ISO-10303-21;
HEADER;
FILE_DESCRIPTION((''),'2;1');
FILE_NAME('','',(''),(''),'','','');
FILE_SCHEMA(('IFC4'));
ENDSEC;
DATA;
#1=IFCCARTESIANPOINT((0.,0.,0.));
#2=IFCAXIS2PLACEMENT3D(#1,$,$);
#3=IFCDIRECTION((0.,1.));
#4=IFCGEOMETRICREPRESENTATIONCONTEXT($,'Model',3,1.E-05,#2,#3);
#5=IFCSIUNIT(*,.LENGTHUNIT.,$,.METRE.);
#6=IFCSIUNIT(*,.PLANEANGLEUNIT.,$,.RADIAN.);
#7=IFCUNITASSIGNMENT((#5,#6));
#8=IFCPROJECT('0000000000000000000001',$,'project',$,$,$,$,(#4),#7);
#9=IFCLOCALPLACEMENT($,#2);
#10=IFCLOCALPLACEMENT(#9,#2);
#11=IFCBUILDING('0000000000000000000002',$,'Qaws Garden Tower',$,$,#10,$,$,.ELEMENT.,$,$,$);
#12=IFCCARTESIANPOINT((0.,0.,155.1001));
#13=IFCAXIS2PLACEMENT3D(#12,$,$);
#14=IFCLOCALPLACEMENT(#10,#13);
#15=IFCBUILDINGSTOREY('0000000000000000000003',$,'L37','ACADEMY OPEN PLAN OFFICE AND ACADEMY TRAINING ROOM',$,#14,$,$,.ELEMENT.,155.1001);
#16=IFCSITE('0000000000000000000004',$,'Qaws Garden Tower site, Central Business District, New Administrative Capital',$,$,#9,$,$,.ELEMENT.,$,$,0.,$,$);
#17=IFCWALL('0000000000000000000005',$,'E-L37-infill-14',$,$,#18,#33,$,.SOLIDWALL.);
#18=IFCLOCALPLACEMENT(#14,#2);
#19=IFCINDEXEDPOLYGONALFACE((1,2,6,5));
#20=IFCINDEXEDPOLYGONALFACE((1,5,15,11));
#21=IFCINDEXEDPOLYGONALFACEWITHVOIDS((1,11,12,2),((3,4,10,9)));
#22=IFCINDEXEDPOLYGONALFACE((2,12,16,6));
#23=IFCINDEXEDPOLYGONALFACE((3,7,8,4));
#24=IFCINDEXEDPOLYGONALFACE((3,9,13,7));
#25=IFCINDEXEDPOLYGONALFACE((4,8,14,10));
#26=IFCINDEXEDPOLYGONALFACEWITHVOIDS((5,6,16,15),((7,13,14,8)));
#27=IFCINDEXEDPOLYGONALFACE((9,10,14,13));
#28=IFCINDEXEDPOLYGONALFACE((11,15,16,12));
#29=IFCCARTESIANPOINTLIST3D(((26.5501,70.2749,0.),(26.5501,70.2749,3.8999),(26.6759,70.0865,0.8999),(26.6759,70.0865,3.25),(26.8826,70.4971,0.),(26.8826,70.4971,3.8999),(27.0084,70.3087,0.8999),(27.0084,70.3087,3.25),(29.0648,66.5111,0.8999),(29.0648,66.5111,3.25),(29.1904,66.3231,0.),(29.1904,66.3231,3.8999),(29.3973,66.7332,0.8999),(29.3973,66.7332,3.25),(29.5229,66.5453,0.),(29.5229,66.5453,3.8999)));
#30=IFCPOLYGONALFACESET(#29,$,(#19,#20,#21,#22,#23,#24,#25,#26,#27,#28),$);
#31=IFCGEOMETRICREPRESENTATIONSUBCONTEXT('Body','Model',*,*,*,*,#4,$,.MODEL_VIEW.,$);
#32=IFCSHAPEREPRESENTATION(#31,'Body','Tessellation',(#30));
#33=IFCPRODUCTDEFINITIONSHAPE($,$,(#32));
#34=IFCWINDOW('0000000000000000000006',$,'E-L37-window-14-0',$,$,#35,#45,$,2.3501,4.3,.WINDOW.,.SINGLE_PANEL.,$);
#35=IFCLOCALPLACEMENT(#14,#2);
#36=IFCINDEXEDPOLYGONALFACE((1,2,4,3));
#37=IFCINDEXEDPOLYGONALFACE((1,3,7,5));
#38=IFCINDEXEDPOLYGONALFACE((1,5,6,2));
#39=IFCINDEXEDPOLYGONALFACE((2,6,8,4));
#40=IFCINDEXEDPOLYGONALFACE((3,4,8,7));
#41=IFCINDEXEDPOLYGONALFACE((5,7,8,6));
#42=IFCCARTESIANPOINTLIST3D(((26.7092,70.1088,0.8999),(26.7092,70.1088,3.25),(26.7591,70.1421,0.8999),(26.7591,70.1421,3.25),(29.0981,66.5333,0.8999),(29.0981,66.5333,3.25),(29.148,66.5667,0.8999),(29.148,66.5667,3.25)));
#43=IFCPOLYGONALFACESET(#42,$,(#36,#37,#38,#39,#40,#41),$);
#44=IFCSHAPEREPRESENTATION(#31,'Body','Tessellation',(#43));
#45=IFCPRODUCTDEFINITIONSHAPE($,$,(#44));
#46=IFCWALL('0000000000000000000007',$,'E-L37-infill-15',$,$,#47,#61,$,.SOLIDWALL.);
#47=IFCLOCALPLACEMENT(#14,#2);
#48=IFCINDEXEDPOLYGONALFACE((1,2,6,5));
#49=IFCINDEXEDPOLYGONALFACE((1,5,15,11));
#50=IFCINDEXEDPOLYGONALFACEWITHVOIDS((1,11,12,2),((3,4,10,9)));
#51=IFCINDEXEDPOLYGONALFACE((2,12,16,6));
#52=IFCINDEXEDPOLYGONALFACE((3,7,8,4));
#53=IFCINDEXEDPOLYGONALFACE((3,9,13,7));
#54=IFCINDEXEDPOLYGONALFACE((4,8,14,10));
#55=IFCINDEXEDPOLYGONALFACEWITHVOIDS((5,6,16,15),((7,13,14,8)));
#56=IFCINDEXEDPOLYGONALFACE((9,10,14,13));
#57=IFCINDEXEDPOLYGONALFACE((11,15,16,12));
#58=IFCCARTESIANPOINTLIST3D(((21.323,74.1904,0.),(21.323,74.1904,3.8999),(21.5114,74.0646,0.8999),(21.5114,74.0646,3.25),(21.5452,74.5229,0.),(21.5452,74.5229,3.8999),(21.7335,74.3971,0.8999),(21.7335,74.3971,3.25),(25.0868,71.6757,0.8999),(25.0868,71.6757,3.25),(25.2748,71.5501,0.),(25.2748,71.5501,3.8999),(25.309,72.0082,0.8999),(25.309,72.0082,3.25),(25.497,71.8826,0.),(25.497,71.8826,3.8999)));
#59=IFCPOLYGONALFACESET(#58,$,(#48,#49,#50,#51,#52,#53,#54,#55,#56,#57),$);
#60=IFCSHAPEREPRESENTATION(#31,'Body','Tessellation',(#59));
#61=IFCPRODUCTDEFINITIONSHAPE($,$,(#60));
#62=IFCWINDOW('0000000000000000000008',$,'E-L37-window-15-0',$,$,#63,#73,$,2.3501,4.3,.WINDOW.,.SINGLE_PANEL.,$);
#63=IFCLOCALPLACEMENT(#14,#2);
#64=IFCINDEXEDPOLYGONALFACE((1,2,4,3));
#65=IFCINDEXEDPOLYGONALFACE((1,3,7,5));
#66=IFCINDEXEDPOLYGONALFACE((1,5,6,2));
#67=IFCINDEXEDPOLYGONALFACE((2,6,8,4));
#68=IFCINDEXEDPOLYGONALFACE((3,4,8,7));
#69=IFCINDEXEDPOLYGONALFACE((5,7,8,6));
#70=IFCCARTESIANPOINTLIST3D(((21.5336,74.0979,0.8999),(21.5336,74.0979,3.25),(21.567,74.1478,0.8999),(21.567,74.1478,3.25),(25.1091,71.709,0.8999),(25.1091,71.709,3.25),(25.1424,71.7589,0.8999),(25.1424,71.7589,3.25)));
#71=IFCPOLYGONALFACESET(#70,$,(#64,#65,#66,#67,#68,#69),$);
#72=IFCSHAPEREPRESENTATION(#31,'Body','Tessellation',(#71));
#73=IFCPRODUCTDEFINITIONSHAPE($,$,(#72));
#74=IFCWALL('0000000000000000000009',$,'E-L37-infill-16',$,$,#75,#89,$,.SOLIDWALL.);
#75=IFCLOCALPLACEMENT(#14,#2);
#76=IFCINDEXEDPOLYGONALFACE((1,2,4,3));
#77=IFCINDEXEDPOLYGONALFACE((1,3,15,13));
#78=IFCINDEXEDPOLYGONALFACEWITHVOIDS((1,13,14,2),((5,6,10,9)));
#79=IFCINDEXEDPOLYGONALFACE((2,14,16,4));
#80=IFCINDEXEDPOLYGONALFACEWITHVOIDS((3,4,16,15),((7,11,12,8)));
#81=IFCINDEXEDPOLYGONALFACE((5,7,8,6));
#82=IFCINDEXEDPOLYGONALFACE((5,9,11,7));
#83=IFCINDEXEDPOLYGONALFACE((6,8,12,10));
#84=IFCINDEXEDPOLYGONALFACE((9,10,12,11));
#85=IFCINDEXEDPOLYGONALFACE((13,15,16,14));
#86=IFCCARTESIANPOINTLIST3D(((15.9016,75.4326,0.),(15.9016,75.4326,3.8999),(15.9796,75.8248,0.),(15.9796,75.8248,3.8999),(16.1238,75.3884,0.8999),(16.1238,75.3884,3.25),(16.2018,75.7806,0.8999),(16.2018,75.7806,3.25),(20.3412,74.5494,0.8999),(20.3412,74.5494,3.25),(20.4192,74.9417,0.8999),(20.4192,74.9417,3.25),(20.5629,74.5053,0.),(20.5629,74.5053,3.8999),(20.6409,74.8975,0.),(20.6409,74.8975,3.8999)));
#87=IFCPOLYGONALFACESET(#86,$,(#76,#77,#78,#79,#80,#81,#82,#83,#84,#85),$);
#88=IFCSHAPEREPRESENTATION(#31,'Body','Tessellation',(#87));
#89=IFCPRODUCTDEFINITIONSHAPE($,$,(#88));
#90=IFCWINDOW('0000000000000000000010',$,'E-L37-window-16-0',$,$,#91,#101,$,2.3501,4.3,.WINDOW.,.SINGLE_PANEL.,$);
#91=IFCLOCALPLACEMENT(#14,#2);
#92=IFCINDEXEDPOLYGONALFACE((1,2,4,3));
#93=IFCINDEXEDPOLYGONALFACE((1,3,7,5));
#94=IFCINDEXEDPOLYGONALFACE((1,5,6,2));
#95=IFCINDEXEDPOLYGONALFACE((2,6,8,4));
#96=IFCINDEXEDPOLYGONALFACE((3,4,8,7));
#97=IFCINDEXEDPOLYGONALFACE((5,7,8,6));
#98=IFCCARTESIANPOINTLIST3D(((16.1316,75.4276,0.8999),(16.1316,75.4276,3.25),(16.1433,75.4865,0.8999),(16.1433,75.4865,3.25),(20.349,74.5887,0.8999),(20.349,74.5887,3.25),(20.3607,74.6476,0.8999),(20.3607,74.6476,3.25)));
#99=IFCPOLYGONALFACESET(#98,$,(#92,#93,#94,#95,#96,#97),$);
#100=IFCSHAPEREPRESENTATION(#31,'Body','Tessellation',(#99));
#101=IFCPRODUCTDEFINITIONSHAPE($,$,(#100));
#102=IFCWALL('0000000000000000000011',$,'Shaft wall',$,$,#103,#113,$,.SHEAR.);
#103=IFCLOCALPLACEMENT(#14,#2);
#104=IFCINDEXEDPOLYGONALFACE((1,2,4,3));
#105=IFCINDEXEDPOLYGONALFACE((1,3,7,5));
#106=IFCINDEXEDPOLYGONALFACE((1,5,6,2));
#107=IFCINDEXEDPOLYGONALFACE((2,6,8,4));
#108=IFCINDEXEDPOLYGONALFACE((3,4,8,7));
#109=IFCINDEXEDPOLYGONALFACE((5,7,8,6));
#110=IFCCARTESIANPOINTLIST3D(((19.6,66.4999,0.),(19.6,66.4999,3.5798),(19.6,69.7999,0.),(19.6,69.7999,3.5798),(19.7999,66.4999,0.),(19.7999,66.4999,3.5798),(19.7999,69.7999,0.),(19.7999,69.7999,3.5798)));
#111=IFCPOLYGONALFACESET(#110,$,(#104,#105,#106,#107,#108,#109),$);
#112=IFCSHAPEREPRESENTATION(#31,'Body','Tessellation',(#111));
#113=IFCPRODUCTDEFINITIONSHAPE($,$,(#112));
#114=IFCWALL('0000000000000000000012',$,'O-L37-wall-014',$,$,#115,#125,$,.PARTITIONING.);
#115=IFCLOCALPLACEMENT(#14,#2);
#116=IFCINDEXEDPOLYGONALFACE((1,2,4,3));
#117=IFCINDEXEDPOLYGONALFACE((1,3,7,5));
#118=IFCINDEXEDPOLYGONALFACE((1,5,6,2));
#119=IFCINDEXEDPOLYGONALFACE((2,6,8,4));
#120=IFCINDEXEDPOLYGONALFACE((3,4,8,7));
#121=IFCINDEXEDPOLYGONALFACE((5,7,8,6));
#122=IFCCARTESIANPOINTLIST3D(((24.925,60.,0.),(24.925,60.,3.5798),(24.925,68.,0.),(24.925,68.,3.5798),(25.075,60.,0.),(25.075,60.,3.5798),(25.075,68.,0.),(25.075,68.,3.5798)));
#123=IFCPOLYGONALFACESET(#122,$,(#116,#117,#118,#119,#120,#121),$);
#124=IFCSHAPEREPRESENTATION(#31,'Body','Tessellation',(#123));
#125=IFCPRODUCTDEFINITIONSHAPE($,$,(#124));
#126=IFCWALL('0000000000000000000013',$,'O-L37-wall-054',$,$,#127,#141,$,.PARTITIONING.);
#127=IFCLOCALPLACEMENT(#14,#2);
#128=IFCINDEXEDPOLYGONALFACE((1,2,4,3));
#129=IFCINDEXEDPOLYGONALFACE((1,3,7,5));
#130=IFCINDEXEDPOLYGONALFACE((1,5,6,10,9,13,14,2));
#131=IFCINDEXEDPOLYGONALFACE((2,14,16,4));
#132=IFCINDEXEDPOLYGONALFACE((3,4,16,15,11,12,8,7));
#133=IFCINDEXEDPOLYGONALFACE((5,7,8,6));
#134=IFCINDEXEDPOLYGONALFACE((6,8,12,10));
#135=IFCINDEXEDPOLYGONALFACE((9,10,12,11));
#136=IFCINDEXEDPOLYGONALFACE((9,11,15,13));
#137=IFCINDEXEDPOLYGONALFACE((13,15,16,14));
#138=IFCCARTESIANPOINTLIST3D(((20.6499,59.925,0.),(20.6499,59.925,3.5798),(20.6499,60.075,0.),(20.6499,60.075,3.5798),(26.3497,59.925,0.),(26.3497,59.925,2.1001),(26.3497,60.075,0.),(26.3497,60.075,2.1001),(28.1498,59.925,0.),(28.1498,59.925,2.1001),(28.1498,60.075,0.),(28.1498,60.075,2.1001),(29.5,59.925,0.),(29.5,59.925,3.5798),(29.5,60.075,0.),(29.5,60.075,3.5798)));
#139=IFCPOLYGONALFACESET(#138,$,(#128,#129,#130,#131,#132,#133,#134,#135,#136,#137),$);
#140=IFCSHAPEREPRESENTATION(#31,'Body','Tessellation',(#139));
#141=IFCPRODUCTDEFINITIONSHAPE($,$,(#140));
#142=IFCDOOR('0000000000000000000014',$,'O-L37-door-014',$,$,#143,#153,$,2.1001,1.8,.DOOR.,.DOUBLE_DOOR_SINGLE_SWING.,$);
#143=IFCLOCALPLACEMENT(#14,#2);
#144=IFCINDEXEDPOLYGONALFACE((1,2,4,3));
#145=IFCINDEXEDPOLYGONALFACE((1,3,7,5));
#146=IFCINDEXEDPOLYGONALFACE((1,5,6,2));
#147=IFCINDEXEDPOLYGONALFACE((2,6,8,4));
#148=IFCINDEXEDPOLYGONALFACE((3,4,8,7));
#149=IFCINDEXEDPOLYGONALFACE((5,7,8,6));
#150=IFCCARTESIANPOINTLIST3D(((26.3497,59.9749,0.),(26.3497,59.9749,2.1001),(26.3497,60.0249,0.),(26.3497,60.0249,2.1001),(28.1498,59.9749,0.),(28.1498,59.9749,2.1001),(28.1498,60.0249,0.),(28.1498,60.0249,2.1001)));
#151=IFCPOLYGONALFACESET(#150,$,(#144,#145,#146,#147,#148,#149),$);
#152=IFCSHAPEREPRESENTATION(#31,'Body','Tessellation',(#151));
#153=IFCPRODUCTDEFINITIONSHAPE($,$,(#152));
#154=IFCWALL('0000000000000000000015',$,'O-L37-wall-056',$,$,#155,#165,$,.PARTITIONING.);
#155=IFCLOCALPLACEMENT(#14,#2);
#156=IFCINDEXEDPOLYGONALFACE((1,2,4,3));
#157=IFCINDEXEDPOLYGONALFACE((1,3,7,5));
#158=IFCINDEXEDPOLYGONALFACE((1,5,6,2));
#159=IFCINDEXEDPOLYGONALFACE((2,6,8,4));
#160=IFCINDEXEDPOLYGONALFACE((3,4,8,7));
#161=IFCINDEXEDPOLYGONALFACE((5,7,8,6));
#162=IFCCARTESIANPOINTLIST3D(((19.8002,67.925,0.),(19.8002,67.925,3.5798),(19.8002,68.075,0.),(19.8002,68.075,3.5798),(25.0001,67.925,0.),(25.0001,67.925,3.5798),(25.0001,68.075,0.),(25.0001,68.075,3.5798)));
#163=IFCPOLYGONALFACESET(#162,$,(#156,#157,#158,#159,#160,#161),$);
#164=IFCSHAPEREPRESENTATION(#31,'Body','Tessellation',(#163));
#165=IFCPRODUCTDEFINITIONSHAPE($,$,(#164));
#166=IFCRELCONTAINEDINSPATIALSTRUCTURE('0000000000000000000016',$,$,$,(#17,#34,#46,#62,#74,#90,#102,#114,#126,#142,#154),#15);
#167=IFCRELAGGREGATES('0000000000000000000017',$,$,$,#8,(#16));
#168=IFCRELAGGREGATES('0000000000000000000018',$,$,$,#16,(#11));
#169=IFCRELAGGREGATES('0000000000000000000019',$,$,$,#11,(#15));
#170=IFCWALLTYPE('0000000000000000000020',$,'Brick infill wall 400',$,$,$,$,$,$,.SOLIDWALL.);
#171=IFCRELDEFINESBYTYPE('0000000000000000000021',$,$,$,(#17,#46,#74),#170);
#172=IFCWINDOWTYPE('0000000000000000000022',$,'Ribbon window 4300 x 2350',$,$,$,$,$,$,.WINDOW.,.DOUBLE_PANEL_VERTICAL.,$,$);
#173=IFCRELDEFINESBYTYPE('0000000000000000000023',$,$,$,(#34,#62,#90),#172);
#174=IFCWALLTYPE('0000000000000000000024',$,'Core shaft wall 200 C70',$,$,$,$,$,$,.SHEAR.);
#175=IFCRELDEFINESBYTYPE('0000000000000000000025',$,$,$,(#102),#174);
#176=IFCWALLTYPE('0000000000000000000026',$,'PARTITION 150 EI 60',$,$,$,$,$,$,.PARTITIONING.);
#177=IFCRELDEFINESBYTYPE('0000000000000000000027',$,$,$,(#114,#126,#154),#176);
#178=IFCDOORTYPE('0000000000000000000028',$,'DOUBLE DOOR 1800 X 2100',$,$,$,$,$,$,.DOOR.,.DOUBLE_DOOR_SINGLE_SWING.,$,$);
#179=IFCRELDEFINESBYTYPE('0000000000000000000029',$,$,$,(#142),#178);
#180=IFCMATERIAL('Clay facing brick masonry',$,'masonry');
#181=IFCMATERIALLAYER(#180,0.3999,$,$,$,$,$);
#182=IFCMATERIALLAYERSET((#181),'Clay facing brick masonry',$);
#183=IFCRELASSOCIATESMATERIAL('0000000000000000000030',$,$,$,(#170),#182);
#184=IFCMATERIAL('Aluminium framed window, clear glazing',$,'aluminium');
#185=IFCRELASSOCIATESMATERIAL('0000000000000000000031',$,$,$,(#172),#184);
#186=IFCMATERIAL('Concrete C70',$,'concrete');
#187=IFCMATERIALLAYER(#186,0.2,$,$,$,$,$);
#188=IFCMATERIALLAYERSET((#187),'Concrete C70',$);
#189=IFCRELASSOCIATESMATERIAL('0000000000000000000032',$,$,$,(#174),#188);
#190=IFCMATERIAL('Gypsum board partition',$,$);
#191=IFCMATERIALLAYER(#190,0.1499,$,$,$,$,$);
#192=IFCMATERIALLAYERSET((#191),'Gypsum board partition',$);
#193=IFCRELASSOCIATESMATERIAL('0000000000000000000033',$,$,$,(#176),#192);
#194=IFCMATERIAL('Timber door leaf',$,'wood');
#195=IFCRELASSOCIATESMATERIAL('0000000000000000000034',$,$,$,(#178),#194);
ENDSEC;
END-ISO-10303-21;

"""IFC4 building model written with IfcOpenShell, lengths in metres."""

from ifc_helpers import new_model, si_unit, direction, frame, frame_2d, origin, place, context, subcontext, project, spatial, rectangle, extrude, material, layer, layer_set, type_object, element, fill, save


model = new_model("IFC4")

# Units and contexts
model_context = context("Model", 3, precision=1e-05, world=origin(), true_north=direction((0.0, 1.0)))
body_context = subcontext(model_context, "Body", "Model", "MODEL_VIEW")
ifc_project = project(units=[si_unit("LENGTHUNIT", "METRE"), si_unit("PLANEANGLEUNIT", "RADIAN")], contexts=[model_context])

# Site, building, storey
site_placement = place(None, origin())
site = spatial("IfcSite", under=ifc_project, at=site_placement, Name="Qaws Garden Tower site, Central Business District, New Administrative Capital", CompositionType="ELEMENT", RefElevation=0.0)
building_placement = place(site_placement, origin())
building = spatial("IfcBuilding", under=site, at=building_placement, Name="Qaws Garden Tower", CompositionType="ELEMENT")
storey_placement = place(building_placement, frame((0.0, 0.0, 155.1001)))
storey = spatial("IfcBuildingStorey", under=building, at=storey_placement, Name="L37", Description="ACADEMY OPEN PLAN OFFICE AND ACADEMY TRAINING ROOM", CompositionType="ELEMENT", Elevation=155.1001)

# Walls, openings, windows
ifc_material_1 = material(Name="Clay facing brick masonry", Category="masonry")
ifc_layer_1 = layer(ifc_material_1, 0.3999)
ifc_layer_set_1 = layer_set([ifc_layer_1], Name="Clay facing brick masonry")
wall_type_1 = type_object("IfcWallType", Name="Brick infill wall 400", PredefinedType="SOLIDWALL", material=ifc_layer_set_1)
ifc_material_2 = material(Name="Aluminium framed window, clear glazing", Category="aluminium")
window_type = type_object("IfcWindowType", Name="Ribbon window 4300 x 2350", PartitioningType="DOUBLE_PANEL_VERTICAL", PredefinedType="WINDOW", material=ifc_material_2)
wall_1_placement = place(storey_placement, frame((29.3567, 66.4341, 0.0), z_axis=(0.0, 0.0, 1.0), x_axis=(-0.555542, 0.831489, 0.0)))
wall_1 = element("IfcWall", 1, at=wall_1_placement, inside=storey, type_object=wall_type_1, Name="E-L37-infill-14", PredefinedType="SOLIDWALL", context=body_context, shape_type="SweptSolid", body=[
    extrude(rectangle(XDim=4.7527, YDim=0.3999, at=frame_2d((2.3765, 0.0))), origin(), (0.0, 0.0, 1.0), 3.8999),
])
opening_1_placement = place(wall_1_placement, frame((0.2263, 0.0, 0.8999)))
opening_1 = element("IfcOpeningElement", 2, at=opening_1_placement, cuts=wall_1, PredefinedType="OPENING", context=body_context, shape_type="SweptSolid", body=[
    extrude(rectangle(XDim=4.3, YDim=2.3501, at=frame_2d((2.1499, 1.175))), frame((0.0, 0.21, 0.0), z_axis=(0.0, -1.0, 0.0), x_axis=(1.0, 0.0, 0.0)), (0.0, 0.0, 1.0), 0.4199),
])
window_1_placement = place(opening_1_placement, origin())
window_1 = element("IfcWindow", 3, at=window_1_placement, inside=storey, type_object=window_type, Name="E-L37-window-14-0", OverallHeight=2.3501, OverallWidth=4.3, PartitioningType="SINGLE_PANEL", PredefinedType="WINDOW", context=body_context, shape_type="SweptSolid", body=[
    extrude(rectangle(XDim=4.3, YDim=2.3501, at=frame_2d((2.1499, 1.175))), frame((0.0, 0.1599, 0.0), z_axis=(0.0, -1.0, 0.0), x_axis=(1.0, 0.0, 0.0)), (0.0, 0.0, 1.0), 0.0601),
])
fill(opening_1, window_1)
wall_2_placement = place(storey_placement, frame((25.386, 71.7163, 0.0), z_axis=(0.0, 0.0, 1.0), x_axis=(-0.831489, 0.555542, 0.0)))
wall_2 = element("IfcWall", 4, at=wall_2_placement, inside=storey, type_object=wall_type_1, Name="E-L37-infill-15", PredefinedType="SOLIDWALL", context=body_context, shape_type="SweptSolid", body=[
    extrude(rectangle(XDim=4.7527, YDim=0.3999, at=frame_2d((2.3765, 0.0))), origin(), (0.0, 0.0, 1.0), 3.8999),
])
opening_2_placement = place(wall_2_placement, frame((0.2263, 0.0, 0.8999)))
opening_2 = element("IfcOpeningElement", 5, at=opening_2_placement, cuts=wall_2, PredefinedType="OPENING", context=body_context, shape_type="SweptSolid", body=[
    extrude(rectangle(XDim=4.3, YDim=2.3501, at=frame_2d((2.1499, 1.175))), frame((0.0, 0.21, 0.0), z_axis=(0.0, -1.0, 0.0), x_axis=(1.0, 0.0, 0.0)), (0.0, 0.0, 1.0), 0.4199),
])
window_2_placement = place(opening_2_placement, origin())
window_2 = element("IfcWindow", 6, at=window_2_placement, inside=storey, type_object=window_type, Name="E-L37-window-15-0", OverallHeight=2.3501, OverallWidth=4.3, PartitioningType="SINGLE_PANEL", PredefinedType="WINDOW", context=body_context, shape_type="SweptSolid", body=[
    extrude(rectangle(XDim=4.3, YDim=2.3501, at=frame_2d((2.1499, 1.175))), frame((0.0, 0.1599, 0.0), z_axis=(0.0, -1.0, 0.0), x_axis=(1.0, 0.0, 0.0)), (0.0, 0.0, 1.0), 0.0601),
])
fill(opening_2, window_2)
wall_3_placement = place(storey_placement, frame((20.6021, 74.7014, 0.0), z_axis=(0.0, 0.0, 1.0), x_axis=(-0.980784, 0.195099, 0.0)))
wall_3 = element("IfcWall", 7, at=wall_3_placement, inside=storey, type_object=wall_type_1, Name="E-L37-infill-16", PredefinedType="SOLIDWALL", context=body_context, shape_type="SweptSolid", body=[
    extrude(rectangle(XDim=4.7527, YDim=0.3999, at=frame_2d((2.3765, 0.0))), origin(), (0.0, 0.0, 1.0), 3.8999),
])
opening_3_placement = place(wall_3_placement, frame((0.2263, 0.0, 0.8999)))
opening_3 = element("IfcOpeningElement", 8, at=opening_3_placement, cuts=wall_3, PredefinedType="OPENING", context=body_context, shape_type="SweptSolid", body=[
    extrude(rectangle(XDim=4.3, YDim=2.3501, at=frame_2d((2.1499, 1.175))), frame((0.0, 0.21, 0.0), z_axis=(0.0, -1.0, 0.0), x_axis=(1.0, 0.0, 0.0)), (0.0, 0.0, 1.0), 0.4199),
])
window_3_placement = place(opening_3_placement, origin())
window_3 = element("IfcWindow", 9, at=window_3_placement, inside=storey, type_object=window_type, Name="E-L37-window-16-0", OverallHeight=2.3501, OverallWidth=4.3, PartitioningType="SINGLE_PANEL", PredefinedType="WINDOW", context=body_context, shape_type="SweptSolid", body=[
    extrude(rectangle(XDim=4.3, YDim=2.3501, at=frame_2d((2.1499, 1.175))), frame((0.0, 0.1599, 0.0), z_axis=(0.0, -1.0, 0.0), x_axis=(1.0, 0.0, 0.0)), (0.0, 0.0, 1.0), 0.0601),
])
fill(opening_3, window_3)

# Walls
ifc_material_3 = material(Name="Concrete C70", Category="concrete")
ifc_layer_2 = layer(ifc_material_3, 0.2)
ifc_layer_set_2 = layer_set([ifc_layer_2], Name="Concrete C70")
wall_type_2 = type_object("IfcWallType", Name="Core shaft wall 200 C70", PredefinedType="SHEAR", material=ifc_layer_set_2)
wall_4_placement = place(storey_placement, frame((19.7, 66.5, 0.0), z_axis=(0.0, 0.0, 1.0), x_axis=(0.0, 1.0, 0.0)))
element("IfcWall", 10, at=wall_4_placement, inside=storey, type_object=wall_type_2, Name="Shaft wall", PredefinedType="SHEAR", context=body_context, shape_type="SweptSolid", body=[
    extrude(rectangle(XDim=3.3, YDim=0.2, at=frame_2d((1.6499, 0.0))), origin(), (0.0, 0.0, 1.0), 3.5798),
])
ifc_material_4 = material(Name="Gypsum board partition")
ifc_layer_3 = layer(ifc_material_4, 0.1499)
ifc_layer_set_3 = layer_set([ifc_layer_3], Name="Gypsum board partition")
wall_type_3 = type_object("IfcWallType", Name="PARTITION 150 EI 60", PredefinedType="PARTITIONING", material=ifc_layer_set_3)
wall_5_placement = place(storey_placement, frame((25.0, 60.0, 0.0), z_axis=(0.0, 0.0, 1.0), x_axis=(0.0, 1.0, 0.0)))
element("IfcWall", 11, at=wall_5_placement, inside=storey, type_object=wall_type_3, Name="O-L37-wall-014", PredefinedType="PARTITIONING", context=body_context, shape_type="SweptSolid", body=[
    extrude(rectangle(XDim=8.0, YDim=0.1499, at=frame_2d((4.0, 0.0))), origin(), (0.0, 0.0, 1.0), 3.5798),
])

# Wall, opening, door
wall_6_placement = place(storey_placement, frame((20.6499, 60.0, 0.0), z_axis=(0.0, 0.0, 1.0), x_axis=(1.0, 0.0, 0.0)))
wall_6 = element("IfcWall", 12, at=wall_6_placement, inside=storey, type_object=wall_type_3, Name="O-L37-wall-054", PredefinedType="PARTITIONING", context=body_context, shape_type="SweptSolid", body=[
    extrude(rectangle(XDim=8.8501, YDim=0.1499, at=frame_2d((4.425, 0.0))), origin(), (0.0, 0.0, 1.0), 3.5798),
])
opening_4_placement = place(wall_6_placement, frame((5.7, 0.0, 0.0)))
opening_4 = element("IfcOpeningElement", 13, at=opening_4_placement, cuts=wall_6, PredefinedType="OPENING", context=body_context, shape_type="SweptSolid", body=[
    extrude(rectangle(XDim=1.8, YDim=2.1001, at=frame_2d((0.8999, 1.05))), frame((0.0, 0.085, 0.0), z_axis=(0.0, -1.0, 0.0), x_axis=(1.0, 0.0, 0.0)), (0.0, 0.0, 1.0), 0.1699),
])
ifc_material_5 = material(Name="Timber door leaf", Category="wood")
door_type = type_object("IfcDoorType", Name="DOUBLE DOOR 1800 X 2100", OperationType="DOUBLE_DOOR_SINGLE_SWING", PredefinedType="DOOR", material=ifc_material_5)
door_placement = place(opening_4_placement, origin())
door = element("IfcDoor", 14, at=door_placement, inside=storey, type_object=door_type, Name="O-L37-door-014", OperationType="DOUBLE_DOOR_SINGLE_SWING", OverallHeight=2.1001, OverallWidth=1.8, PredefinedType="DOOR", context=body_context, shape_type="SweptSolid", body=[
    extrude(rectangle(XDim=1.8, YDim=2.1001, at=frame_2d((0.8999, 1.05))), frame((0.0, 0.0249, 0.0), z_axis=(0.0, -1.0, 0.0), x_axis=(1.0, 0.0, 0.0)), (0.0, 0.0, 1.0), 0.05),
])
fill(opening_4, door)

# Wall
wall_7_placement = place(storey_placement, frame((19.8, 68.0, 0.0), z_axis=(0.0, 0.0, 1.0), x_axis=(1.0, 0.0, 0.0)))
element("IfcWall", 15, at=wall_7_placement, inside=storey, type_object=wall_type_3, Name="O-L37-wall-056", PredefinedType="PARTITIONING", context=body_context, shape_type="SweptSolid", body=[
    extrude(rectangle(XDim=5.2, YDim=0.1499, at=frame_2d((2.6001, 0.0))), origin(), (0.0, 0.0, 1.0), 3.5798),
])

save(model, "model.ifc")
